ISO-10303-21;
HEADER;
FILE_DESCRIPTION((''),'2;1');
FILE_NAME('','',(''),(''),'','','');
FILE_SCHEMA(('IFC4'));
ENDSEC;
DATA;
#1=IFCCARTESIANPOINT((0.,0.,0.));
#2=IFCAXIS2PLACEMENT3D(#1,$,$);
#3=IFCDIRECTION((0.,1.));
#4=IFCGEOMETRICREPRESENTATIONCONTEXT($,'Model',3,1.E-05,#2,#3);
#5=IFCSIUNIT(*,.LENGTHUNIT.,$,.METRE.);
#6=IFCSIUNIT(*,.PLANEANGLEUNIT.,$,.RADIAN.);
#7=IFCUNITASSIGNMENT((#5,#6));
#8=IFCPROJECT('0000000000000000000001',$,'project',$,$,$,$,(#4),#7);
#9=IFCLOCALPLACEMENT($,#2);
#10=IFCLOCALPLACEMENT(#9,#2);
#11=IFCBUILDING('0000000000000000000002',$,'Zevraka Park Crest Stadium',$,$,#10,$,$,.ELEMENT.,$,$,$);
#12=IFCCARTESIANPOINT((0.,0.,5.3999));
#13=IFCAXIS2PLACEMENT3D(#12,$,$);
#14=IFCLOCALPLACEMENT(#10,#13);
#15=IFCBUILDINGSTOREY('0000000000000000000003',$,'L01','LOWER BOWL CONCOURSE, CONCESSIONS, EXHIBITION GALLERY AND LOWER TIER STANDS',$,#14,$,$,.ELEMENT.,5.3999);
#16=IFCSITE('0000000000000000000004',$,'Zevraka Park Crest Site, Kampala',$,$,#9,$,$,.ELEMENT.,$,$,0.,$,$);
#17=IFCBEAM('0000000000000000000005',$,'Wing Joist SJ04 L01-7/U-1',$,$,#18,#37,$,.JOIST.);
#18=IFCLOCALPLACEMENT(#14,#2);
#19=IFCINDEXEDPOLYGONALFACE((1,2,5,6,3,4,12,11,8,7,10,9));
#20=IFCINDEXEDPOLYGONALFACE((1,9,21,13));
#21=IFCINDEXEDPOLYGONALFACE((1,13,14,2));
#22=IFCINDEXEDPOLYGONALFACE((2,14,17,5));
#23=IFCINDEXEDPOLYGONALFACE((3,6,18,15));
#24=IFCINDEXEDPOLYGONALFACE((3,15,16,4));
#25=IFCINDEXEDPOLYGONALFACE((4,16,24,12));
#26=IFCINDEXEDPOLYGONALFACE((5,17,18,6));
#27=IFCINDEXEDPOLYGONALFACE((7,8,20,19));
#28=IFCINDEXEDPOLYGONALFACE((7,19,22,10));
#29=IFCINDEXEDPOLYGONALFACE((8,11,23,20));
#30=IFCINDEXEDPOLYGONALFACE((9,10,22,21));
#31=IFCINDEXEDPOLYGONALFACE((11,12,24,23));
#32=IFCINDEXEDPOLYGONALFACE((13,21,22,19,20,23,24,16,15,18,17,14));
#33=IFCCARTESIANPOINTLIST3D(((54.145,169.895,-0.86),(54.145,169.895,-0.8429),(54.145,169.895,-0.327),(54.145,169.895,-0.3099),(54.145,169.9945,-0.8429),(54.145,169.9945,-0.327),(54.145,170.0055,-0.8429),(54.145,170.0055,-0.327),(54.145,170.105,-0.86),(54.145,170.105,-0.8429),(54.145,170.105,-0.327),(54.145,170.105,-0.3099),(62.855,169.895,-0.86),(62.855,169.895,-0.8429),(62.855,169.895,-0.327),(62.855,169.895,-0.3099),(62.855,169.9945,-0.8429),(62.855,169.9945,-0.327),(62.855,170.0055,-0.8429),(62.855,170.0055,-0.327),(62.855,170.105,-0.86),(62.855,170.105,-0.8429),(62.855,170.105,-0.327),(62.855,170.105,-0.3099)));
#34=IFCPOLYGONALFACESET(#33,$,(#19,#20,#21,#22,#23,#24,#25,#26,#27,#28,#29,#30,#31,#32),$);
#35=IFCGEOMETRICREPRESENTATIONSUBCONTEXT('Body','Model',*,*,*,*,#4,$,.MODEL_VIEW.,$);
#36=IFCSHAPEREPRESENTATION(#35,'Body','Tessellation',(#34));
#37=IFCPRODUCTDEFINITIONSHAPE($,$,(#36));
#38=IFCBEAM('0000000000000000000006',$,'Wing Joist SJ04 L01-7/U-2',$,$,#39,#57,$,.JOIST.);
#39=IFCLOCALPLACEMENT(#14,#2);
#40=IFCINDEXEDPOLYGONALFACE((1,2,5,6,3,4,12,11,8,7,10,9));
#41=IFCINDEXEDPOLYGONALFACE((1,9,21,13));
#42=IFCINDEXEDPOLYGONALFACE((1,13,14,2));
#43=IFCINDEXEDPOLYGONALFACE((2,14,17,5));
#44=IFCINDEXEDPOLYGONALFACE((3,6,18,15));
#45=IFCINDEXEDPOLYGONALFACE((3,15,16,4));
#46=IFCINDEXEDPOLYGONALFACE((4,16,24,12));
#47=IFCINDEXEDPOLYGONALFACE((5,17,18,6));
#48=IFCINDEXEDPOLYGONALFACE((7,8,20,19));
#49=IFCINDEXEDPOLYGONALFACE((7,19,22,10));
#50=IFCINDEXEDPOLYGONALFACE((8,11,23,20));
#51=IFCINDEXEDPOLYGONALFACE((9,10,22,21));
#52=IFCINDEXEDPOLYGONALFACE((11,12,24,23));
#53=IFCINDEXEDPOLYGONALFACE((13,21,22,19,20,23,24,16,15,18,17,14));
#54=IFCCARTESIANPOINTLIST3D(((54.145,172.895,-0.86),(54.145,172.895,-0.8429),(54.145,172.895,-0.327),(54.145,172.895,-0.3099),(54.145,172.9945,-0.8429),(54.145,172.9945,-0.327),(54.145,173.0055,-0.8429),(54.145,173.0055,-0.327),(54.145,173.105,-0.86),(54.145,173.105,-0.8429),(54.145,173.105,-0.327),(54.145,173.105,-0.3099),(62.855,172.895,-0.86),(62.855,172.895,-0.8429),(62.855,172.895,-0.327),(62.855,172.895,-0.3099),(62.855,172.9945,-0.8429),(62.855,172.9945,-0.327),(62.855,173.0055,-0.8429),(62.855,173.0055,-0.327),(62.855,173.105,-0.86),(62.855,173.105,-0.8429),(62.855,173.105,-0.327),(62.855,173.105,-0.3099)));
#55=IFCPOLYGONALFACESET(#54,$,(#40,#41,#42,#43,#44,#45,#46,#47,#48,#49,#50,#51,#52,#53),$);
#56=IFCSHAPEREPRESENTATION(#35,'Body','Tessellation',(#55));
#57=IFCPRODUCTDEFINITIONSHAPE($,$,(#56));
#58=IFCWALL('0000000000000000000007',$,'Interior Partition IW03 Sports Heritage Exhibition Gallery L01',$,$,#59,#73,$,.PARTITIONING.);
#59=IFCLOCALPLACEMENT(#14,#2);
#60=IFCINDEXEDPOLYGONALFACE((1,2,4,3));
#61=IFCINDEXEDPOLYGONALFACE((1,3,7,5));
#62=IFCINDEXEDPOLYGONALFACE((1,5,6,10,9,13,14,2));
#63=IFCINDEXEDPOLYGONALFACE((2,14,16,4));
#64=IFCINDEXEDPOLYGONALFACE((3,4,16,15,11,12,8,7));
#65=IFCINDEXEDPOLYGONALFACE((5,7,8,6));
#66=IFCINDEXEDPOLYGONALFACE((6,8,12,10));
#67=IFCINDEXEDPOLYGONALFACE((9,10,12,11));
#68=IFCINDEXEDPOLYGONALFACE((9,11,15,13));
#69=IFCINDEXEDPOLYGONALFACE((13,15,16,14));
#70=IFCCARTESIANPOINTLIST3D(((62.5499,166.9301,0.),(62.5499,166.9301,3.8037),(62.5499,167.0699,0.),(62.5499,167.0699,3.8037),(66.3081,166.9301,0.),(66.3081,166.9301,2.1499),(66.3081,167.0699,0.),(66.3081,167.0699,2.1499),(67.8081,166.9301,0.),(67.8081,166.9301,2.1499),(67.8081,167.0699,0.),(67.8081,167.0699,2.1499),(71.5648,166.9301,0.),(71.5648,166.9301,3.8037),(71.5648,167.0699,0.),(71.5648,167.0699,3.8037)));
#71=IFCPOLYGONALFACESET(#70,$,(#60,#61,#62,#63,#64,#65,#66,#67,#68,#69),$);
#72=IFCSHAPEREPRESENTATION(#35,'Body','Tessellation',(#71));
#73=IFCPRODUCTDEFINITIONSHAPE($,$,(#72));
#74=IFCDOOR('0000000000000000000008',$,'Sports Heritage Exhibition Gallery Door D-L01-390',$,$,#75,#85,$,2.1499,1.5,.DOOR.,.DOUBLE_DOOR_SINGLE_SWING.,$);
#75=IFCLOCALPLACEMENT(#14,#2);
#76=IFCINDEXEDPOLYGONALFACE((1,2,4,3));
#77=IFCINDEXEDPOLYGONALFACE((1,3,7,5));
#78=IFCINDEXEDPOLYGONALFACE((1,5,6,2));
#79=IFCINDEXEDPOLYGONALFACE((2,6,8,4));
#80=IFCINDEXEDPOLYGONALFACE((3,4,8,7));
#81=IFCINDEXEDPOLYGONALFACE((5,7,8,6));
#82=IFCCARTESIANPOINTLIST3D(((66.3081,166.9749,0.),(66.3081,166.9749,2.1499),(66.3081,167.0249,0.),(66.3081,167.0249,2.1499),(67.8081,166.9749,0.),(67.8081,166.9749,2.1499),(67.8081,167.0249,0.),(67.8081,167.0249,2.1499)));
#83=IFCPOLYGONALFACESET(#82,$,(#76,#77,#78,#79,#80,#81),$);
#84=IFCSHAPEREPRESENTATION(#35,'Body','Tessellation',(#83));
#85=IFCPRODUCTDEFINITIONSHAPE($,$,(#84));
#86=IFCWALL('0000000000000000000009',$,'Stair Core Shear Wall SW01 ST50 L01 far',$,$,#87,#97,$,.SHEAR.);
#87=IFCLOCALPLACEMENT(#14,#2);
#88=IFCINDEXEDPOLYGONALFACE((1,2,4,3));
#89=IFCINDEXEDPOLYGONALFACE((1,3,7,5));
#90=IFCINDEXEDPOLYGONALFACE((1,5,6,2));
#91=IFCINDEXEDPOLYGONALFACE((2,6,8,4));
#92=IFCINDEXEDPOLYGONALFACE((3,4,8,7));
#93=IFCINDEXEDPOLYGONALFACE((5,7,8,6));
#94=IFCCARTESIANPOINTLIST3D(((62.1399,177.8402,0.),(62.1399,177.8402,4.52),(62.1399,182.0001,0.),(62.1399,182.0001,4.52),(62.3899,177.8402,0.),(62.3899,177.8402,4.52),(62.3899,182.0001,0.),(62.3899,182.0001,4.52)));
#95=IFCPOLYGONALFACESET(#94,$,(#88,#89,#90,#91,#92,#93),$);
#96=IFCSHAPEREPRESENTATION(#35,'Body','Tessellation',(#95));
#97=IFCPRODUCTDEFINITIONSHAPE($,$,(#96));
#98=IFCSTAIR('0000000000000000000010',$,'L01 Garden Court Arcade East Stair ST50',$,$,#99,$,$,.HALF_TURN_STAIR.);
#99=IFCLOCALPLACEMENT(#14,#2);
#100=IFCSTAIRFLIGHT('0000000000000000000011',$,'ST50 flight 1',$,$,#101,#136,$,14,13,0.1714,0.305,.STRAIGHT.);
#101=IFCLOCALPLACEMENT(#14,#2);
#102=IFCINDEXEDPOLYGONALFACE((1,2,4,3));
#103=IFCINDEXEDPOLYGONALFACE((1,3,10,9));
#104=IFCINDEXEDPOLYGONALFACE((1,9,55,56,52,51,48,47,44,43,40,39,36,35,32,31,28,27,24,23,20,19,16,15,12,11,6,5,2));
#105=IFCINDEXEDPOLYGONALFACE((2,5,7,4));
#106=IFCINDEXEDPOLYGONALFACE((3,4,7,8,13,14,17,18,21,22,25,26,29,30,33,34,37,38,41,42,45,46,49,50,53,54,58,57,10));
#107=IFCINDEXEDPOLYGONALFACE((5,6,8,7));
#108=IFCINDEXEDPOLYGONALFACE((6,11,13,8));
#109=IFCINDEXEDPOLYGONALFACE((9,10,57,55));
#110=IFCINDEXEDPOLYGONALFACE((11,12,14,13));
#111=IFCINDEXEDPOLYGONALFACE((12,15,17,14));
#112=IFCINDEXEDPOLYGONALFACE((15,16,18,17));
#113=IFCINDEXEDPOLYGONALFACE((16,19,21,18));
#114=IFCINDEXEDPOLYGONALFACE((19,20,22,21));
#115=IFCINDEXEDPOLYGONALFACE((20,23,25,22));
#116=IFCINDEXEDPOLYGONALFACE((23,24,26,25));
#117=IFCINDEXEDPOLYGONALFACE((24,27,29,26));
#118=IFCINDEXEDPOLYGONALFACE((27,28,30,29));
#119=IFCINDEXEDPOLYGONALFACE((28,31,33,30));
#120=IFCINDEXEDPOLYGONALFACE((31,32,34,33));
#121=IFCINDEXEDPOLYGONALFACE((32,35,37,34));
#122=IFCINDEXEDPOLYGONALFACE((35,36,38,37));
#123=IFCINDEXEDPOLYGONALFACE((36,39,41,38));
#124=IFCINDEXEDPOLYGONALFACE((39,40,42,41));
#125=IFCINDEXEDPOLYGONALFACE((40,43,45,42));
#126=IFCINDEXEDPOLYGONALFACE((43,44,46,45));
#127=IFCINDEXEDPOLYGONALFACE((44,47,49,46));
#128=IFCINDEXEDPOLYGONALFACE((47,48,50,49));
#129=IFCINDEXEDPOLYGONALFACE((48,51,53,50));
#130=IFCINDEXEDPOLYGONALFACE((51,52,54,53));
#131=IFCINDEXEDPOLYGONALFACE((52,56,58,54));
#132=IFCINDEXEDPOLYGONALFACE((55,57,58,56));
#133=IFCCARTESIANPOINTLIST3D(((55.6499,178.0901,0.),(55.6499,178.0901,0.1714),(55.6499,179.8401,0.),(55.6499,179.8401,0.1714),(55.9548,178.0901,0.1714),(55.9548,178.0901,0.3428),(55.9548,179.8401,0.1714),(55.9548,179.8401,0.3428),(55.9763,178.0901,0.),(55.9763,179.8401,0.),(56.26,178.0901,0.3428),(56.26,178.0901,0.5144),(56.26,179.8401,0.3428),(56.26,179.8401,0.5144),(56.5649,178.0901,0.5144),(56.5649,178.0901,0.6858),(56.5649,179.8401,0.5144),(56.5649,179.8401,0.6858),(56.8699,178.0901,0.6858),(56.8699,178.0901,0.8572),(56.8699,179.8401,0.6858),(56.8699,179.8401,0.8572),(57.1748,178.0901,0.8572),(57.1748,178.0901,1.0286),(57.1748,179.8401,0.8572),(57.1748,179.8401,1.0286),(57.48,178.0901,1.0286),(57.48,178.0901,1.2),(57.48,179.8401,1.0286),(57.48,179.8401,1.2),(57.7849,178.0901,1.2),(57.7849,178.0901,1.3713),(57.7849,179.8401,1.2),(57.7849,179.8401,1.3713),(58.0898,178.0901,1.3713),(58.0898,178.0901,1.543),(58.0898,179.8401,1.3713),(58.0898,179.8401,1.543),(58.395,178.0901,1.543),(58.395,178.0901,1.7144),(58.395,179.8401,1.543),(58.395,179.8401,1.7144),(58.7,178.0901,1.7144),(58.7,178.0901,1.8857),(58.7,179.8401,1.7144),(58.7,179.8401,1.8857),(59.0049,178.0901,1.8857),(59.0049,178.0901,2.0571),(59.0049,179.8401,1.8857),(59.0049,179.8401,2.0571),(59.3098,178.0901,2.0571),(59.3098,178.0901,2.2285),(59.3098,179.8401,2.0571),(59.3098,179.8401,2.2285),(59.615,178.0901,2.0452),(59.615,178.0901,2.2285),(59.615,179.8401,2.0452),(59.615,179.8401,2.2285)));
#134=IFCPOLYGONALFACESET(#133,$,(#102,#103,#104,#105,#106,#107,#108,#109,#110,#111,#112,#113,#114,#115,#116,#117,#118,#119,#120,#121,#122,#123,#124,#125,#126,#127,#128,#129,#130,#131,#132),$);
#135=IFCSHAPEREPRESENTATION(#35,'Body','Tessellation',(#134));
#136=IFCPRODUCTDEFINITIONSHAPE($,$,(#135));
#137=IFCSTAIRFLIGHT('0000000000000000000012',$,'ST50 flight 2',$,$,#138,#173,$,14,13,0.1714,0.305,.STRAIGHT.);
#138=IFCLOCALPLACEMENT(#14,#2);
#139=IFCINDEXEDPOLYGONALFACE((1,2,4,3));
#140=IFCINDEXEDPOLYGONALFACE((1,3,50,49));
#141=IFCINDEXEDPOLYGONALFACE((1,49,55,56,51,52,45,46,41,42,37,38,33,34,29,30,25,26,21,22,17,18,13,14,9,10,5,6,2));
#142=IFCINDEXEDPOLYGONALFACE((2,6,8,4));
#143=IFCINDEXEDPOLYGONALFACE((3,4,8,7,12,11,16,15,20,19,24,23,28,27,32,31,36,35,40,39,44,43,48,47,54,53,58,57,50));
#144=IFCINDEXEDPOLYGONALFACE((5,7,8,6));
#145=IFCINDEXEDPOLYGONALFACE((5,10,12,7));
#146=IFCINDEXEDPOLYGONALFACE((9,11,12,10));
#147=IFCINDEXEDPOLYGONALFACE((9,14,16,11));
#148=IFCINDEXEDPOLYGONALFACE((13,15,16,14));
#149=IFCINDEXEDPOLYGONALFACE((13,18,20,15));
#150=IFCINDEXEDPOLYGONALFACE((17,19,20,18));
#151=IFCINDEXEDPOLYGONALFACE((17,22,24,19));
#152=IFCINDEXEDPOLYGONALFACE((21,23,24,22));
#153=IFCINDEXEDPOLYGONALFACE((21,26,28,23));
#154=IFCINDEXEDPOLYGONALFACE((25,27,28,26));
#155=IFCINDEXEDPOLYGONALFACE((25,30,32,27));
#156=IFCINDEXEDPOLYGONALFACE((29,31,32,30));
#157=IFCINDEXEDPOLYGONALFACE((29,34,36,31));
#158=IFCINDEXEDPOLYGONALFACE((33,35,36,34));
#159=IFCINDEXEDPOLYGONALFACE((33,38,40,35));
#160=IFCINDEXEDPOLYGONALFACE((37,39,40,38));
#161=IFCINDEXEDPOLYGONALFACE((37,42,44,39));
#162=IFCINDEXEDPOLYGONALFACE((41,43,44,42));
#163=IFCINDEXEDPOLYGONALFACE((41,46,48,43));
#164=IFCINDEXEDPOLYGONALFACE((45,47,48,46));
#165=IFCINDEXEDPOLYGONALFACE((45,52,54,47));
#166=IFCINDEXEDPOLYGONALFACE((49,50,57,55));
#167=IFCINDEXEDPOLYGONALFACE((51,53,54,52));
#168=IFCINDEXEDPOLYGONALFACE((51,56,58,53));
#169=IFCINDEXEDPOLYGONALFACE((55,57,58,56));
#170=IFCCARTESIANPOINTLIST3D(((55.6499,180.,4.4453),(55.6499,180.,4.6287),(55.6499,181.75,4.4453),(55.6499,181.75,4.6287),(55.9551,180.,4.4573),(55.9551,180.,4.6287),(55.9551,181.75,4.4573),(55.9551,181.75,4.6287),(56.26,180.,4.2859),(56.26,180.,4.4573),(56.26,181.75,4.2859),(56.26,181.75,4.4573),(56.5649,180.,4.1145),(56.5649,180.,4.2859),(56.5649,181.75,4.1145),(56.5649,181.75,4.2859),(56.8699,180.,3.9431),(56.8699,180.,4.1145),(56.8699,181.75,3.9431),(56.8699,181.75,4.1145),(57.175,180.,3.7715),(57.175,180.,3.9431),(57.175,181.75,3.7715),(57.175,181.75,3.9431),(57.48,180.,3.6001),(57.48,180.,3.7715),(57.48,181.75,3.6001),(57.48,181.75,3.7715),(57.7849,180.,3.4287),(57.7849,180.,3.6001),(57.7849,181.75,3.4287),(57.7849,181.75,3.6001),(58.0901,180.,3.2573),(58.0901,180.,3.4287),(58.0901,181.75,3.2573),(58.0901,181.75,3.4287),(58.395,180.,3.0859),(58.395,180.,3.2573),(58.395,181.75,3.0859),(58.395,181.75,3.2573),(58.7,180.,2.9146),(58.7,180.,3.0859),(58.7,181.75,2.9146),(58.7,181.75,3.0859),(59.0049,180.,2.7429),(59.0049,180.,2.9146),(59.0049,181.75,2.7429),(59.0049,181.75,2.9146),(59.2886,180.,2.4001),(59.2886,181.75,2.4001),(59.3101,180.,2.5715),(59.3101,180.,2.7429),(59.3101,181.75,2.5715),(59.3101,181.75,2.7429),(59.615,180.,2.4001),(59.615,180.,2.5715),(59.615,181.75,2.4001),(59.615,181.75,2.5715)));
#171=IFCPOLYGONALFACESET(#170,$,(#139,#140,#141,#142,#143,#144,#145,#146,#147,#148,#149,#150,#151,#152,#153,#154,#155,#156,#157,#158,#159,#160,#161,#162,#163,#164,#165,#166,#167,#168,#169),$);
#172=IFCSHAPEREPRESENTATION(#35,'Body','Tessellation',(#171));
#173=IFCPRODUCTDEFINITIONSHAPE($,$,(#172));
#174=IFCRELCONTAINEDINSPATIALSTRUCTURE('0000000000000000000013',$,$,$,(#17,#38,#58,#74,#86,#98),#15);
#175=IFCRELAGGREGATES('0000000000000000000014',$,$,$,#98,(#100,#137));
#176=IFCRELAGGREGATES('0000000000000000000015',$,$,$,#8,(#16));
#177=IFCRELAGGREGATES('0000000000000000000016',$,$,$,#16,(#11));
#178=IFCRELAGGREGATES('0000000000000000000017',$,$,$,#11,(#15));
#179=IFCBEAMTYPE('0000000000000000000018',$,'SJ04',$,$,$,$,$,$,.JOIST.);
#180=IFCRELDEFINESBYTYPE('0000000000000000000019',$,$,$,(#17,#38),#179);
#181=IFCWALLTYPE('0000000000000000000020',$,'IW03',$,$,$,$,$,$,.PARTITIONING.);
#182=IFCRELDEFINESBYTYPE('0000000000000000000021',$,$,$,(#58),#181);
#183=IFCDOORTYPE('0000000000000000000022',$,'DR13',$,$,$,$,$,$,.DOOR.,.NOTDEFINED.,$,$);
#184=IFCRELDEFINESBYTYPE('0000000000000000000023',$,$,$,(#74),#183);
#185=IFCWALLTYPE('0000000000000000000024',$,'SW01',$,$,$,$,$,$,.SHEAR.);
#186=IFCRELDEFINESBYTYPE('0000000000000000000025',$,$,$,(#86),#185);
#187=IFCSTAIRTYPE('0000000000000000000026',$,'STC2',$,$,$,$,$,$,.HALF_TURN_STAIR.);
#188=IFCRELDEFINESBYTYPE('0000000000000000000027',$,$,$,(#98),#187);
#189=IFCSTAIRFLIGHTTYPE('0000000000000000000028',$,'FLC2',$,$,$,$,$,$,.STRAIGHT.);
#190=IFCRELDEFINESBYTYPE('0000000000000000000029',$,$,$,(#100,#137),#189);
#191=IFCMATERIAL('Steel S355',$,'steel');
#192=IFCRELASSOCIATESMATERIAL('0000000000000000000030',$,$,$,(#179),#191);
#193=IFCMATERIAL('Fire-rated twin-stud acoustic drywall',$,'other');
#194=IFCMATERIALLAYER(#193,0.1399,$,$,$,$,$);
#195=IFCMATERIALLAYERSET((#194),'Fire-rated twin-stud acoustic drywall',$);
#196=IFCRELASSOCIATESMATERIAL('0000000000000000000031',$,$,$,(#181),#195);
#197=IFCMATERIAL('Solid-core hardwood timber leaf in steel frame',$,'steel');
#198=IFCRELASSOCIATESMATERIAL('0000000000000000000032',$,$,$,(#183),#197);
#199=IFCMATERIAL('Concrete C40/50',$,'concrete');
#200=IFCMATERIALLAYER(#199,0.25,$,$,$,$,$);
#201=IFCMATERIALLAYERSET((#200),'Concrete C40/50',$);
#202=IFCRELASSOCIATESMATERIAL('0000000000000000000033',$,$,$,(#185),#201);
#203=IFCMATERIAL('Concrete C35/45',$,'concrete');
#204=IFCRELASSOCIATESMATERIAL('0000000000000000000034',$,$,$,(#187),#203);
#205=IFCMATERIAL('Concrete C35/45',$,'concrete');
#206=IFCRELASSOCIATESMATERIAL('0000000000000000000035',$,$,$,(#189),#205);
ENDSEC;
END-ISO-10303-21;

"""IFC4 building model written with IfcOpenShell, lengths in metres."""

from ifc_helpers import new_model, si_unit, direction, frame, frame_2d, origin, origin_2d, place, context, subcontext, project, spatial, polyline, rectangle, i_section, outline, extrude, material, layer, layer_set, material_profile, profile_set, type_object, element, fill, aggregate, save


model = new_model("IFC4")

# Units and contexts
model_context = context("Model", 3, precision=1e-05, world=origin(), true_north=direction((0.0, 1.0)))
body_context = subcontext(model_context, "Body", "Model", "MODEL_VIEW")
ifc_project = project(units=[si_unit("LENGTHUNIT", "METRE"), si_unit("PLANEANGLEUNIT", "RADIAN")], contexts=[model_context])

# Site, building, storey
site_placement = place(None, origin())
site = spatial("IfcSite", under=ifc_project, at=site_placement, Name="Zevraka Park Crest Site, Kampala", CompositionType="ELEMENT", RefElevation=0.0)
building_placement = place(site_placement, origin())
building = spatial("IfcBuilding", under=site, at=building_placement, Name="Zevraka Park Crest Stadium", CompositionType="ELEMENT")
storey_placement = place(building_placement, frame((0.0, 0.0, 5.3999)))
storey = spatial("IfcBuildingStorey", under=building, at=storey_placement, Name="L01", Description="LOWER BOWL CONCOURSE, CONCESSIONS, EXHIBITION GALLERY AND LOWER TIER STANDS", CompositionType="ELEMENT", Elevation=5.3999)

# Beams
ifc_material_1 = material(Name="Steel S355", Category="steel")
ifc_material_profile_1 = material_profile(ifc_material_1, i_section(OverallWidth=0.21, OverallDepth=0.55, WebThickness=0.011, FlangeThickness=0.0171, at=origin_2d()), Name="IPE 550")
ifc_profile_set_1 = profile_set([ifc_material_profile_1], Name="Steel S355")
beam_type_1 = type_object("IfcBeamType", Name="SJ04", PredefinedType="JOIST", material=ifc_profile_set_1)
for number, where, z_axis, x_axis, name in (
    (1, (54.145, 170.0, -0.585), (1.0, 0.0, 0.0), (0.0, 1.0, 0.0), "Wing Joist SJ04 L01-7/U-1"),
    (2, (54.145, 173.0, -0.585), (1.0, 0.0, 0.0), (0.0, 1.0, 0.0), "Wing Joist SJ04 L01-7/U-2"),
):
    element("IfcBeam", number, at=place(storey_placement, frame(where, z_axis=z_axis, x_axis=x_axis)), inside=storey, type_object=beam_type_1, Name=name, PredefinedType="JOIST", context=body_context, shape_type="SweptSolid", body=[
        extrude(i_section(OverallWidth=0.21, OverallDepth=0.55, WebThickness=0.011, FlangeThickness=0.0171, at=origin_2d()), origin(), (0.0, 0.0, 1.0), 8.71),
    ])

# Wall, opening, door
ifc_material_2 = material(Name="Fire-rated twin-stud acoustic drywall", Category="other")
ifc_layer_1 = layer(ifc_material_2, 0.1399)
ifc_layer_set_1 = layer_set([ifc_layer_1], Name="Fire-rated twin-stud acoustic drywall")
wall_type_1 = type_object("IfcWallType", Name="IW03", PredefinedType="PARTITIONING", material=ifc_layer_set_1)
wall_1_placement = place(storey_placement, frame((62.55, 167.0, 0.0), z_axis=(0.0, 0.0, 1.0), x_axis=(1.0, 0.0, 0.0)))
wall_1 = element("IfcWall", 3, at=wall_1_placement, inside=storey, type_object=wall_type_1, Name="Interior Partition IW03 Sports Heritage Exhibition Gallery L01", PredefinedType="PARTITIONING", context=body_context, shape_type="SweptSolid", body=[
    extrude(rectangle(XDim=9.0149, YDim=0.1399, at=frame_2d((4.5073, 0.0))), origin(), (0.0, 0.0, 1.0), 3.8037),
])
opening_placement = place(wall_1_placement, frame((3.7581, 0.0, 0.0)))
opening = element("IfcOpeningElement", 4, at=opening_placement, cuts=wall_1, PredefinedType="OPENING", context=body_context, shape_type="SweptSolid", body=[
    extrude(rectangle(XDim=1.5, YDim=2.1499, at=frame_2d((0.75, 1.075))), frame((0.0, 0.0798, 0.0), z_axis=(0.0, -1.0, 0.0), x_axis=(1.0, 0.0, 0.0)), (0.0, 0.0, 1.0), 0.1599),
])
ifc_material_3 = material(Name="Solid-core hardwood timber leaf in steel frame", Category="steel")
door_type = type_object("IfcDoorType", Name="DR13", OperationType="NOTDEFINED", PredefinedType="DOOR", material=ifc_material_3)
door_placement = place(opening_placement, origin())
door = element("IfcDoor", 5, at=door_placement, inside=storey, type_object=door_type, Name="Sports Heritage Exhibition Gallery Door D-L01-390", OperationType="DOUBLE_DOOR_SINGLE_SWING", OverallHeight=2.1499, OverallWidth=1.5, PredefinedType="DOOR", context=body_context, shape_type="SweptSolid", body=[
    extrude(rectangle(XDim=1.5, YDim=2.1499, at=frame_2d((0.75, 1.075))), frame((0.0, 0.0249, 0.0), z_axis=(0.0, -1.0, 0.0), x_axis=(1.0, 0.0, 0.0)), (0.0, 0.0, 1.0), 0.05),
])
fill(opening, door)

# Wall
ifc_material_4 = material(Name="Concrete C40/50", Category="concrete")
ifc_layer_2 = layer(ifc_material_4, 0.25)
ifc_layer_set_2 = layer_set([ifc_layer_2], Name="Concrete C40/50")
wall_type_2 = type_object("IfcWallType", Name="SW01", PredefinedType="SHEAR", material=ifc_layer_set_2)
wall_2_placement = place(storey_placement, frame((62.2649, 177.8401, 0.0), z_axis=(0.0, 0.0, 1.0), x_axis=(0.0, 1.0, 0.0)))
element("IfcWall", 6, at=wall_2_placement, inside=storey, type_object=wall_type_2, Name="Stair Core Shear Wall SW01 ST50 L01 far", PredefinedType="SHEAR", context=body_context, shape_type="SweptSolid", body=[
    extrude(rectangle(XDim=4.1599, YDim=0.25, at=frame_2d((2.0801, 0.0))), origin(), (0.0, 0.0, 1.0), 4.52),
])

# Stair, stair flights
ifc_material_5 = material(Name="Concrete C35/45", Category="concrete")
stair_type = type_object("IfcStairType", Name="STC2", PredefinedType="HALF_TURN_STAIR", material=ifc_material_5)
stair_placement = place(storey_placement, origin())
stair = element("IfcStair", 7, at=stair_placement, inside=storey, type_object=stair_type, Name="L01 Garden Court Arcade East Stair ST50", PredefinedType="HALF_TURN_STAIR")
ifc_material_6 = material(Name="Concrete C35/45", Category="concrete")
stair_flight_type = type_object("IfcStairFlightType", Name="FLC2", PredefinedType="STRAIGHT", material=ifc_material_6)
stair_flight_1_placement = place(storey_placement, frame((55.6499, 178.9651, 0.0), z_axis=(0.0, 0.0, 1.0), x_axis=(1.0, 0.0, 0.0)))
stair_flight_1 = element("IfcStairFlight", 8, at=stair_flight_1_placement, type_object=stair_flight_type, Name="ST50 flight 1", NumberOfRisers=14, NumberOfTreads=13, PredefinedType="STRAIGHT", RiserHeight=0.1714, TreadLength=0.305, context=body_context, shape_type="SweptSolid", body=[
    extrude(outline(polyline([(0.0, 0.0), (0.0, 0.1714), (0.3049, 0.1714), (0.3049, 0.3428), (0.6101, 0.3428), (0.6101, 0.5144), (0.915, 0.5144), (0.915, 0.6858), (1.22, 0.6858), (1.22, 0.8572), (1.5249, 0.8572), (1.5249, 1.0286), (1.8301, 1.0286), (1.8301, 1.2), (2.135, 1.2), (2.135, 1.3713), (2.4399, 1.3713), (2.4399, 1.543), (2.7451, 1.543), (2.7451, 1.7144), (3.05, 1.7144), (3.05, 1.8857), (3.355, 1.8857), (3.355, 2.0571), (3.6599, 2.0571), (3.6599, 2.2285), (3.9651, 2.2285), (3.9651, 2.3999), (3.9651, 2.0452), (0.3264, 0.0), (0.0, 0.0)])), frame((0.0, 0.875, 0.0), z_axis=(0.0, -1.0, 0.0), x_axis=(1.0, 0.0, 0.0)), (0.0, 0.0, 1.0), 1.75),
])
stair_flight_2_placement = place(storey_placement, frame((59.615, 180.875, 2.4001), z_axis=(0.0, 0.0, 1.0), x_axis=(-1.0, 0.0, 0.0)))
stair_flight_2 = element("IfcStairFlight", 9, at=stair_flight_2_placement, type_object=stair_flight_type, Name="ST50 flight 2", NumberOfRisers=14, NumberOfTreads=13, PredefinedType="STRAIGHT", RiserHeight=0.1714, TreadLength=0.305, context=body_context, shape_type="SweptSolid", body=[
    extrude(outline(polyline([(0.0, 0.0), (0.0, 0.1714), (0.3049, 0.1714), (0.3049, 0.3428), (0.6101, 0.3428), (0.6101, 0.5144), (0.915, 0.5144), (0.915, 0.6858), (1.22, 0.6858), (1.22, 0.8572), (1.5249, 0.8572), (1.5249, 1.0286), (1.8301, 1.0286), (1.8301, 1.2), (2.135, 1.2), (2.135, 1.3713), (2.4399, 1.3713), (2.4399, 1.543), (2.7451, 1.543), (2.7451, 1.7144), (3.05, 1.7144), (3.05, 1.8857), (3.355, 1.8857), (3.355, 2.0571), (3.6599, 2.0571), (3.6599, 2.2285), (3.9651, 2.2285), (3.9651, 2.3999), (3.9651, 2.0452), (0.3264, 0.0), (0.0, 0.0)])), frame((0.0, 0.875, 0.0), z_axis=(0.0, -1.0, 0.0), x_axis=(1.0, 0.0, 0.0)), (0.0, 0.0, 1.0), 1.75),
])
aggregate(stair, [stair_flight_1, stair_flight_2])

save(model, "model.ifc")
